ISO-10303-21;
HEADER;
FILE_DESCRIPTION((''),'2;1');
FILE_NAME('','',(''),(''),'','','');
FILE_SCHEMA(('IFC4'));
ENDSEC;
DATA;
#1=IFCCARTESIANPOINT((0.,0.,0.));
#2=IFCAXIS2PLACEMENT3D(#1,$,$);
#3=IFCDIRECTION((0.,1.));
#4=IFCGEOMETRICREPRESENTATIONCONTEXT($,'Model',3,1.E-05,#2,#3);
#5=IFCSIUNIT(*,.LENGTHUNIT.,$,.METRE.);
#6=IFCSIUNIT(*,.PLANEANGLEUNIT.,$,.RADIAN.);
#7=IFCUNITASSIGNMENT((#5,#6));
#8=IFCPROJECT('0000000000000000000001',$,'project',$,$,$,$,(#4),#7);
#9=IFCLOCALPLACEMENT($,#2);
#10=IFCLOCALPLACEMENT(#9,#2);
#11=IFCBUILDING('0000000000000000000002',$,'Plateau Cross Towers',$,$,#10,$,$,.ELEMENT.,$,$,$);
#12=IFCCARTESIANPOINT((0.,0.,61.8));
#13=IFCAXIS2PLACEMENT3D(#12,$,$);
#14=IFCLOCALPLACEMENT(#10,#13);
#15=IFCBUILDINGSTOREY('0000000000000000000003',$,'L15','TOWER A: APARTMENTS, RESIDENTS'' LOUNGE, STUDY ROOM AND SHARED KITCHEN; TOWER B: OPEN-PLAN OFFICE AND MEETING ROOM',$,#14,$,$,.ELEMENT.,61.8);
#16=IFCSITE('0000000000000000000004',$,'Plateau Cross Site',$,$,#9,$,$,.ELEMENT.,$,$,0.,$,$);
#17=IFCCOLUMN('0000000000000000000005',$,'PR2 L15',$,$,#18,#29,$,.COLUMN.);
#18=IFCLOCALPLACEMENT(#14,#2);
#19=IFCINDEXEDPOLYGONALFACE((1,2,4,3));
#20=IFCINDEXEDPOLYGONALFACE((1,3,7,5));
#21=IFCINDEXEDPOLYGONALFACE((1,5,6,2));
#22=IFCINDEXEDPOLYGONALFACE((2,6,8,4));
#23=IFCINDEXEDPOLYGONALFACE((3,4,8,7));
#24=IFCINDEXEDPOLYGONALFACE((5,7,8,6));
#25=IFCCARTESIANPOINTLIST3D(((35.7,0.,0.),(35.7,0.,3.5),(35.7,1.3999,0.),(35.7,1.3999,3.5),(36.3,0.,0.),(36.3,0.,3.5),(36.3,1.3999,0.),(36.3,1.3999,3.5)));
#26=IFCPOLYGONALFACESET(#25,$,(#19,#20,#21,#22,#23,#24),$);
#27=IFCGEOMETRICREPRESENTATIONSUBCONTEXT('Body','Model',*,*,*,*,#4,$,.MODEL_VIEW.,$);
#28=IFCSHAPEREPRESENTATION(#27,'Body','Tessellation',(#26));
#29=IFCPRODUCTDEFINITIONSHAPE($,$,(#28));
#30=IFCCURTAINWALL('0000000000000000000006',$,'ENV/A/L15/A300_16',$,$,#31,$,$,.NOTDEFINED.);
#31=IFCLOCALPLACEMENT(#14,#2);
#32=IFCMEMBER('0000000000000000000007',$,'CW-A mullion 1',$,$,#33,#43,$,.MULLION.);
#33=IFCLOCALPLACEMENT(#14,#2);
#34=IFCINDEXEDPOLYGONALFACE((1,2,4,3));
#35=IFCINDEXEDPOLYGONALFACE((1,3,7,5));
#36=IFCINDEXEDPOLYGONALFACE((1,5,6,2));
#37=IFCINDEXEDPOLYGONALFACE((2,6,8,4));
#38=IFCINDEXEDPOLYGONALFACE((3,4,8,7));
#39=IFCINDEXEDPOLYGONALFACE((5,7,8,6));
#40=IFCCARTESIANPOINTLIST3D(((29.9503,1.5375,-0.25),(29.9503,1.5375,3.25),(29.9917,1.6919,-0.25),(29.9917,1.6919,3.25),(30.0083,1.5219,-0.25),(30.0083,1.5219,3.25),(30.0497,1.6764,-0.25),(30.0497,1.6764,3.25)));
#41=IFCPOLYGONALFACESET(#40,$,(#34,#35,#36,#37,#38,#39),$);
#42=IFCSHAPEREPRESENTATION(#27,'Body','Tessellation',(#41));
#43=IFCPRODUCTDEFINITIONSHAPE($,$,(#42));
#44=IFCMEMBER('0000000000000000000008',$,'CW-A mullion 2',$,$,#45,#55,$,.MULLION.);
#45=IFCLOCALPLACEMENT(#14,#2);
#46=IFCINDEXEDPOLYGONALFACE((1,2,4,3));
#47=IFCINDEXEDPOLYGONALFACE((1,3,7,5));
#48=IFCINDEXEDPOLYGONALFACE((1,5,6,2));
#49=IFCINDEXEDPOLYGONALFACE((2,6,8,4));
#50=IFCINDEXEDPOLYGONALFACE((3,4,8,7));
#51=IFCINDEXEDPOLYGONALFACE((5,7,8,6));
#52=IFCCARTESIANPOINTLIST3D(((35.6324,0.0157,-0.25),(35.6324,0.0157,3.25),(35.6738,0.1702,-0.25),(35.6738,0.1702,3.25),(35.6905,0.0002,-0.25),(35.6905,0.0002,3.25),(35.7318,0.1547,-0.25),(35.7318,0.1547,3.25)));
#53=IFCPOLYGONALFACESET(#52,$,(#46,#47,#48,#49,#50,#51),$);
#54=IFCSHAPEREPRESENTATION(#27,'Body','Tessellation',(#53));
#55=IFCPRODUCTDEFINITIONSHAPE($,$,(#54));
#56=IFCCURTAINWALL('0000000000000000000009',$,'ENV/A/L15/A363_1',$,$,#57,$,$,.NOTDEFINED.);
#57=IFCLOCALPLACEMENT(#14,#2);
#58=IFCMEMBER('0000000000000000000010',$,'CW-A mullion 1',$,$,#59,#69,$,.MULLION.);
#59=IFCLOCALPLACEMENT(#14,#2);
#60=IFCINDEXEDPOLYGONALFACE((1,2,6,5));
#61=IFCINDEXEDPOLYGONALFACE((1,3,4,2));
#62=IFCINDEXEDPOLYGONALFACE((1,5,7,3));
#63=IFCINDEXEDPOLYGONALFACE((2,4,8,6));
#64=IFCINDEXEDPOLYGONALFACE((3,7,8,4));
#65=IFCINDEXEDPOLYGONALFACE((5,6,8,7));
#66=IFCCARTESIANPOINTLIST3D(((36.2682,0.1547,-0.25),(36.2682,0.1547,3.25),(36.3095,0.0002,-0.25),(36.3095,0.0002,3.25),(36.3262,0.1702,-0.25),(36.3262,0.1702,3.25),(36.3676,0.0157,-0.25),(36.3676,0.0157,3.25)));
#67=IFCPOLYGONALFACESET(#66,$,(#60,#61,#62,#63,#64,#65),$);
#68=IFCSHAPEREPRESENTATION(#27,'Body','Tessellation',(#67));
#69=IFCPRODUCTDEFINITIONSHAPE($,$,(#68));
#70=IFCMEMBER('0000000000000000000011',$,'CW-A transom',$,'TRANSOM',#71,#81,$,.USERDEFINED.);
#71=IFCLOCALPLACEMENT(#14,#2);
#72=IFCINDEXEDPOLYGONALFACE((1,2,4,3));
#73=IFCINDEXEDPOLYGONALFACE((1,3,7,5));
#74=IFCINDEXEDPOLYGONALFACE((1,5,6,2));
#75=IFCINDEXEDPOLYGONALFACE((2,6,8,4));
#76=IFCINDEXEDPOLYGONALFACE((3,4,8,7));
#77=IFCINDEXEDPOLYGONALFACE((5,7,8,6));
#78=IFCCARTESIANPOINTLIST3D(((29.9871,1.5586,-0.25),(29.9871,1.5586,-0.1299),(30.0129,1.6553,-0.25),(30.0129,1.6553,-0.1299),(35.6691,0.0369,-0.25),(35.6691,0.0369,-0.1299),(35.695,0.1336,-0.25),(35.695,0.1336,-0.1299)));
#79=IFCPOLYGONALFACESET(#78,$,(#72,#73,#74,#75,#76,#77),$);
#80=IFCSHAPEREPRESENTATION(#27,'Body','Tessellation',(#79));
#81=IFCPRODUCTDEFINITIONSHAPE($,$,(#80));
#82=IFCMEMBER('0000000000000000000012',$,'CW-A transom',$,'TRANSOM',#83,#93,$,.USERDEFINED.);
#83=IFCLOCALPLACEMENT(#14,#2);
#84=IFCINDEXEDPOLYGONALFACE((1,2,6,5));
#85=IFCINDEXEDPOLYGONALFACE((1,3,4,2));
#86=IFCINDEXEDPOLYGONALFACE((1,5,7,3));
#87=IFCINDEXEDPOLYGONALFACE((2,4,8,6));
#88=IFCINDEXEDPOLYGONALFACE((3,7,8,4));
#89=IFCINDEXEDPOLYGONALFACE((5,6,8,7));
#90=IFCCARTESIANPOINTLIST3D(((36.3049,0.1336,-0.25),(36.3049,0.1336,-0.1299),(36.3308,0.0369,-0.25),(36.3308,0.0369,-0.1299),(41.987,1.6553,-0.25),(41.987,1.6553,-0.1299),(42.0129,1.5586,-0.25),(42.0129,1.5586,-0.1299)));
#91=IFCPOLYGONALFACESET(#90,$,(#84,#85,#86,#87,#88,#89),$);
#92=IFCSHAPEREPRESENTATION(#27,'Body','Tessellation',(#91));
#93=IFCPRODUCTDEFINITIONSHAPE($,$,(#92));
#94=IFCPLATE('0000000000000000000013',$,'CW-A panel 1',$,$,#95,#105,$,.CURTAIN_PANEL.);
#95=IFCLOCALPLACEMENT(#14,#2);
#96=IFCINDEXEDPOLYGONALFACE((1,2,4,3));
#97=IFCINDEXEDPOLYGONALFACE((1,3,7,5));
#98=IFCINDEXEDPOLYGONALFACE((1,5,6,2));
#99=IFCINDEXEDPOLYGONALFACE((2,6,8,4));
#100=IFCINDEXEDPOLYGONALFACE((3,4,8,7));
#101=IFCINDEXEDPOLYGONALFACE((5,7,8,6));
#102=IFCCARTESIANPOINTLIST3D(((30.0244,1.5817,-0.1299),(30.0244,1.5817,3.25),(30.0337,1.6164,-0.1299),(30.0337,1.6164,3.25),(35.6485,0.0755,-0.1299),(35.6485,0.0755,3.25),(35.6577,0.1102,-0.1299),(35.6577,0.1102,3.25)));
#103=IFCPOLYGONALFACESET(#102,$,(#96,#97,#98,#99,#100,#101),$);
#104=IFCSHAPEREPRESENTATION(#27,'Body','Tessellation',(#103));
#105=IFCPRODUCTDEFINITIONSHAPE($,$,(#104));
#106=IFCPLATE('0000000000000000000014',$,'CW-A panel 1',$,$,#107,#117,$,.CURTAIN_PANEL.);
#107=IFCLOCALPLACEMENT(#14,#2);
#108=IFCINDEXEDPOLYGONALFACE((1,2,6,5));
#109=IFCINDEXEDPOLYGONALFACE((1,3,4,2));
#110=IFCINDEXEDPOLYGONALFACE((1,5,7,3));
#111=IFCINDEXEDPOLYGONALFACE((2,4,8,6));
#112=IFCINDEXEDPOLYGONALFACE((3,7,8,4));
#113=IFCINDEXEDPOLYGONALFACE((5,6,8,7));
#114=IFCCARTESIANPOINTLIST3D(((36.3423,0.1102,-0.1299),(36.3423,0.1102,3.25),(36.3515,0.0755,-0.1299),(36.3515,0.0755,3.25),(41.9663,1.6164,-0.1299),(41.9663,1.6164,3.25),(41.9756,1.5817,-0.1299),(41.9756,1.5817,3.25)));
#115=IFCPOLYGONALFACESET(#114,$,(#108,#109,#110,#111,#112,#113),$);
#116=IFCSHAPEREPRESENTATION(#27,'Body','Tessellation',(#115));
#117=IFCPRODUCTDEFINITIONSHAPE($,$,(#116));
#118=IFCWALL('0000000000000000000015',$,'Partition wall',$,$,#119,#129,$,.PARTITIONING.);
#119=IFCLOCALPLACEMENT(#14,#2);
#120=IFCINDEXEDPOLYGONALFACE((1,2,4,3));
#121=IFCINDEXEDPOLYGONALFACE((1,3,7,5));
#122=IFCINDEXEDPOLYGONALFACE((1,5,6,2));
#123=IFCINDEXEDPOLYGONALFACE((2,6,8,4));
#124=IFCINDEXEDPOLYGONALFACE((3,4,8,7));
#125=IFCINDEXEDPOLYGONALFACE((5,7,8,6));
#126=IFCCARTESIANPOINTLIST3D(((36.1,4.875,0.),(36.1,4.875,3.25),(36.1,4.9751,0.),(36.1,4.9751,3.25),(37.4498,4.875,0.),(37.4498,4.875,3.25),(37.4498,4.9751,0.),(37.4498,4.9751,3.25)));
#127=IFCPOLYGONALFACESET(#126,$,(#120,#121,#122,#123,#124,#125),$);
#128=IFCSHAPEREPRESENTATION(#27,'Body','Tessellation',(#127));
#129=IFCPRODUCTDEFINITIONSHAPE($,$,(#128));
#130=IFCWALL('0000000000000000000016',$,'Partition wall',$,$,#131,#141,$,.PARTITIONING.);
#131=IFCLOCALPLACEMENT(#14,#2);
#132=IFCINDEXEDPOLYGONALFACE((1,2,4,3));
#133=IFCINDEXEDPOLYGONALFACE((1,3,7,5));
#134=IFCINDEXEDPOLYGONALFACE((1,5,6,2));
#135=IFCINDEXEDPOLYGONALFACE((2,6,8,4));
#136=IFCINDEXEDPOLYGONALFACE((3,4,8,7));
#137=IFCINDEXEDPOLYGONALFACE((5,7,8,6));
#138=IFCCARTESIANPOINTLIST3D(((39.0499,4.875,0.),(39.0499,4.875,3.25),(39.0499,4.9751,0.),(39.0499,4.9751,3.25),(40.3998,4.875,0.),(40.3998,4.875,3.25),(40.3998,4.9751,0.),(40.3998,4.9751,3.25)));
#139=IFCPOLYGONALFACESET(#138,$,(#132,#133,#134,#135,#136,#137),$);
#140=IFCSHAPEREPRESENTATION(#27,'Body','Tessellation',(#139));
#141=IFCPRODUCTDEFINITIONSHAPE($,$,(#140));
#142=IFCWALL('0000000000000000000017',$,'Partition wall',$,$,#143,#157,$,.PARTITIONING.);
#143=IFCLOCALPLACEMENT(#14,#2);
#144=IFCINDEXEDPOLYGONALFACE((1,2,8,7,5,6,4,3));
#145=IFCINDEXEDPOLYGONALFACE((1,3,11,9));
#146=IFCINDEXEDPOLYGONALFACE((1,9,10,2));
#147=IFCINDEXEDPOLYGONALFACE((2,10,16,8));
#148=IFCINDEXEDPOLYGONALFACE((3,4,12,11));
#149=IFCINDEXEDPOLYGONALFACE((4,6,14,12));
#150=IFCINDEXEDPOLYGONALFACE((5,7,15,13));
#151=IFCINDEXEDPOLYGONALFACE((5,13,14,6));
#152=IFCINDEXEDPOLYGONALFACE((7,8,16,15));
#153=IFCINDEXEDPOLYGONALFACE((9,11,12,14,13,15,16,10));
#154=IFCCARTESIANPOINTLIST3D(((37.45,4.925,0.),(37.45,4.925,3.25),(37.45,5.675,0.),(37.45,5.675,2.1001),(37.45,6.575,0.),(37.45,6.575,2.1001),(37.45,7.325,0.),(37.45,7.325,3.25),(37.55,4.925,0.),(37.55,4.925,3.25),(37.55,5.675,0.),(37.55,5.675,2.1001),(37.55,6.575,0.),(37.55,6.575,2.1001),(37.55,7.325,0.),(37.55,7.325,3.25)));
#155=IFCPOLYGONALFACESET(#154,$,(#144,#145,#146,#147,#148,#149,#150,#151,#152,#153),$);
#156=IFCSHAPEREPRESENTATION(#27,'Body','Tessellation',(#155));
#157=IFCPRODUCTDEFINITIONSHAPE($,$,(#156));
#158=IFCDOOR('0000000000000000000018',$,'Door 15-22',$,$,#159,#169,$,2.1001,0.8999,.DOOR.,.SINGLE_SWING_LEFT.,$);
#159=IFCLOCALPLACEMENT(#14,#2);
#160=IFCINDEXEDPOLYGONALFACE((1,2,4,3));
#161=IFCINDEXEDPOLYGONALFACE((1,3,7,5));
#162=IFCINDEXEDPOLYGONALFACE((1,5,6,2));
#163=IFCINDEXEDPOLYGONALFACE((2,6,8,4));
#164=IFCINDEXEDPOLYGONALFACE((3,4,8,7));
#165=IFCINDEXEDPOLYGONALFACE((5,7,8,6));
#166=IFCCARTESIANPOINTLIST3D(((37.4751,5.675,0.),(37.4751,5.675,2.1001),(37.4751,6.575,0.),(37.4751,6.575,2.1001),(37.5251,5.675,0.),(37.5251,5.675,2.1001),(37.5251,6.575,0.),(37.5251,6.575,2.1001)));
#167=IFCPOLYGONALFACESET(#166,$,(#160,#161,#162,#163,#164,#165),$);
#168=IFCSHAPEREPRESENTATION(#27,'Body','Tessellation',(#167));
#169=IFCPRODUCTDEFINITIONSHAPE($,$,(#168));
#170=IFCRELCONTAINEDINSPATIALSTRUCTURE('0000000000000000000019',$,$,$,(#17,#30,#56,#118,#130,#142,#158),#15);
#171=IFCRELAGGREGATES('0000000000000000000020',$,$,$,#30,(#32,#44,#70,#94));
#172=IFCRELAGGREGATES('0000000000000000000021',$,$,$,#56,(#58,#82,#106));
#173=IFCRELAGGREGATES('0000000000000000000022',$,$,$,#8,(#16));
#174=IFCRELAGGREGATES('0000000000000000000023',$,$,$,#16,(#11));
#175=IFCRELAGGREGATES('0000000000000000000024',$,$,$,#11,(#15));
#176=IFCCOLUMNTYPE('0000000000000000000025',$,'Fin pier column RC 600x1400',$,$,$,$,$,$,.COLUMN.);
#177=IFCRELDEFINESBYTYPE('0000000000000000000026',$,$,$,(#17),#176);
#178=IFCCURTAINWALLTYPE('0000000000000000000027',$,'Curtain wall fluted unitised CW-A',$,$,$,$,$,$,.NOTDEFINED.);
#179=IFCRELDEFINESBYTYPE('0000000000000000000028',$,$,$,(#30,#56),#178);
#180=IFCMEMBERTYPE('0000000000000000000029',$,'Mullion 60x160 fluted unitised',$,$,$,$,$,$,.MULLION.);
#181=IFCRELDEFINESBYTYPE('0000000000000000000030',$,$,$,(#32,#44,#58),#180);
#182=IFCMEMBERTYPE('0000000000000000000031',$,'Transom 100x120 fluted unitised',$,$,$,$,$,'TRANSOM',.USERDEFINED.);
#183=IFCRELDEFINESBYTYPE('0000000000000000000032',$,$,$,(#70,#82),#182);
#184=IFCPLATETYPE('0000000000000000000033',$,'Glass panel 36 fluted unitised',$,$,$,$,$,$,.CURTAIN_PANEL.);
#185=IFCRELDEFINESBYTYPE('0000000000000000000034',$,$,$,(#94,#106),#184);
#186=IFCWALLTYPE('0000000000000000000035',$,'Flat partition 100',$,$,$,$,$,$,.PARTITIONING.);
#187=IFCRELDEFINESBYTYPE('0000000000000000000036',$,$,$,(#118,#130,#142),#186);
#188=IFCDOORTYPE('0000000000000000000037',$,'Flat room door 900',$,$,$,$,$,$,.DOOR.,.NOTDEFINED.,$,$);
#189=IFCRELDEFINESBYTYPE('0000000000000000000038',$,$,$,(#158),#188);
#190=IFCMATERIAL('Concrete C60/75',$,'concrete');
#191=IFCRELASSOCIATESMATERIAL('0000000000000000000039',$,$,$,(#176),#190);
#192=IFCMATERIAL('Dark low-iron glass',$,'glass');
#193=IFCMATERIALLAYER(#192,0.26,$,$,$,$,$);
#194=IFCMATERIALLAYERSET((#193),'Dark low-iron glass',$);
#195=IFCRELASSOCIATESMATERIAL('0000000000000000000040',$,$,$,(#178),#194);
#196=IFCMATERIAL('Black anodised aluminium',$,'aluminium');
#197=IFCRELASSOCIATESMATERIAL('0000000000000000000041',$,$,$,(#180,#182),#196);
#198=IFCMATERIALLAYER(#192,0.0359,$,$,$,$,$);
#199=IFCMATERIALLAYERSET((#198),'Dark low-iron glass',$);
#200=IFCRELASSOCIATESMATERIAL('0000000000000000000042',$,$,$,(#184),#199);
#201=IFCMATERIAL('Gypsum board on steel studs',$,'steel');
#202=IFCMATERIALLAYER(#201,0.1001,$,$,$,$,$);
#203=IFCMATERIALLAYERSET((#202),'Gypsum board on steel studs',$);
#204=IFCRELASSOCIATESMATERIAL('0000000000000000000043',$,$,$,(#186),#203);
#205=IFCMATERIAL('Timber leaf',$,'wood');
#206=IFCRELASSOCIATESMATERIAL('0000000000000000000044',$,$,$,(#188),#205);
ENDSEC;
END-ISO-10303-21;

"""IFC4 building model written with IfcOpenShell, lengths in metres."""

from ifc_helpers import new_model, si_unit, direction, frame, frame_2d, origin, origin_2d, place, context, subcontext, project, spatial, rectangle, extrude, material, layer, layer_set, material_profile, profile_set, type_object, element, fill, aggregate, save


model = new_model("IFC4")

# Units and contexts
model_context = context("Model", 3, precision=1e-05, world=origin(), true_north=direction((0.0, 1.0)))
body_context = subcontext(model_context, "Body", "Model", "MODEL_VIEW")
ifc_project = project(units=[si_unit("LENGTHUNIT", "METRE"), si_unit("PLANEANGLEUNIT", "RADIAN")], contexts=[model_context])

# Site, building, storey
site_placement = place(None, origin())
site = spatial("IfcSite", under=ifc_project, at=site_placement, Name="Plateau Cross Site", CompositionType="ELEMENT", RefElevation=0.0)
building_placement = place(site_placement, origin())
building = spatial("IfcBuilding", under=site, at=building_placement, Name="Plateau Cross Towers", CompositionType="ELEMENT")
storey_placement = place(building_placement, frame((0.0, 0.0, 61.8)))
storey = spatial("IfcBuildingStorey", under=building, at=storey_placement, Name="L15", Description="TOWER A: APARTMENTS, RESIDENTS' LOUNGE, STUDY ROOM AND SHARED KITCHEN; TOWER B: OPEN-PLAN OFFICE AND MEETING ROOM", CompositionType="ELEMENT", Elevation=61.8)

# Column
ifc_material_1 = material(Name="Concrete C60/75", Category="concrete")
ifc_material_profile_1 = material_profile(ifc_material_1, rectangle(XDim=0.6001, YDim=1.3999, at=origin_2d()), Name="RC 600x1400")
ifc_profile_set_1 = profile_set([ifc_material_profile_1], Name="Concrete C60/75")
column_type = type_object("IfcColumnType", Name="Fin pier column RC 600x1400", PredefinedType="COLUMN", material=ifc_profile_set_1)
column_placement = place(storey_placement, frame((36.0, 0.7, 0.0), z_axis=(0.0, 0.0, 1.0), x_axis=(1.0, 0.0, 0.0)))
element("IfcColumn", 1, at=column_placement, inside=storey, type_object=column_type, Name="PR2 L15", PredefinedType="COLUMN", context=body_context, shape_type="SweptSolid", body=[
    extrude(rectangle(XDim=0.6001, YDim=1.3999, at=origin_2d()), origin(), (0.0, 0.0, 1.0), 3.5),
])

# Curtain wall, members
ifc_material_2 = material(Name="Dark low-iron glass", Category="glass")
ifc_layer_1 = layer(ifc_material_2, 0.26)
ifc_layer_set_1 = layer_set([ifc_layer_1], Name="Dark low-iron glass")
curtain_wall_type = type_object("IfcCurtainWallType", Name="Curtain wall fluted unitised CW-A", PredefinedType="NOTDEFINED", material=ifc_layer_set_1)
curtain_wall_1_placement = place(storey_placement, origin())
curtain_wall_1 = element("IfcCurtainWall", 2, at=curtain_wall_1_placement, inside=storey, type_object=curtain_wall_type, Name="ENV/A/L15/A300_16", PredefinedType="NOTDEFINED")
ifc_material_3 = material(Name="Black anodised aluminium", Category="aluminium")
ifc_material_profile_2 = material_profile(ifc_material_3, rectangle(XDim=0.0601, YDim=0.1599, at=origin_2d()), Name="MULLION 60x160")
ifc_profile_set_2 = profile_set([ifc_material_profile_2], Name="Black anodised aluminium")
member_type_1 = type_object("IfcMemberType", Name="Mullion 60x160 fluted unitised", PredefinedType="MULLION", material=ifc_profile_set_2)
member_1_placement = place(storey_placement, frame((30.0, 1.6069, -0.25), z_axis=(0.0, 0.0, 1.0), x_axis=(0.965958, -0.258699, 0.0)))
member_1 = element("IfcMember", 3, at=member_1_placement, type_object=member_type_1, Name="CW-A mullion 1", PredefinedType="MULLION", context=body_context, shape_type="SweptSolid", body=[
    extrude(rectangle(XDim=0.0601, YDim=0.1599, at=origin_2d()), origin(), (0.0, 0.0, 1.0), 3.5),
])
member_2_placement = place(storey_placement, frame((35.6821, 0.0852, -0.25), z_axis=(0.0, 0.0, 1.0), x_axis=(0.965958, -0.258699, 0.0)))
member_2 = element("IfcMember", 4, at=member_2_placement, type_object=member_type_1, Name="CW-A mullion 2", PredefinedType="MULLION", context=body_context, shape_type="SweptSolid", body=[
    extrude(rectangle(XDim=0.0601, YDim=0.1599, at=origin_2d()), origin(), (0.0, 0.0, 1.0), 3.5),
])

# Curtain wall, member
curtain_wall_2_placement = place(storey_placement, origin())
curtain_wall_2 = element("IfcCurtainWall", 5, at=curtain_wall_2_placement, inside=storey, type_object=curtain_wall_type, Name="ENV/A/L15/A363_1", PredefinedType="NOTDEFINED")
member_3_placement = place(storey_placement, frame((36.3179, 0.0852, -0.25), z_axis=(0.0, 0.0, 1.0), x_axis=(0.965958, 0.258699, 0.0)))
member_3 = element("IfcMember", 6, at=member_3_placement, type_object=member_type_1, Name="CW-A mullion 1", PredefinedType="MULLION", context=body_context, shape_type="SweptSolid", body=[
    extrude(rectangle(XDim=0.0601, YDim=0.1599, at=origin_2d()), origin(), (0.0, 0.0, 1.0), 3.5),
])

# Members
ifc_material_profile_3 = material_profile(ifc_material_3, rectangle(XDim=0.1001, YDim=0.1201, at=origin_2d()), Name="TRANSOM 100x120")
ifc_profile_set_3 = profile_set([ifc_material_profile_3], Name="Black anodised aluminium")
member_type_2 = type_object("IfcMemberType", Name="Transom 100x120 fluted unitised", ElementType="TRANSOM", PredefinedType="USERDEFINED", material=ifc_profile_set_3)
member_4_placement = place(storey_placement, frame((30.0, 1.6069, -0.1899), z_axis=(0.96596, -0.258693, 0.0), x_axis=(0.258693, 0.96596, 0.0)))
member_4 = element("IfcMember", 7, at=member_4_placement, type_object=member_type_2, Name="CW-A transom", ObjectType="TRANSOM", PredefinedType="USERDEFINED", context=body_context, shape_type="SweptSolid", body=[
    extrude(rectangle(XDim=0.1001, YDim=0.1201, at=origin_2d()), origin(), (0.0, 0.0, 1.0), 5.8823),
])
member_5_placement = place(storey_placement, frame((36.3179, 0.0852, -0.1899), z_axis=(0.96596, 0.258693, 0.0), x_axis=(-0.258693, 0.96596, 0.0)))
member_5 = element("IfcMember", 8, at=member_5_placement, type_object=member_type_2, Name="CW-A transom", ObjectType="TRANSOM", PredefinedType="USERDEFINED", context=body_context, shape_type="SweptSolid", body=[
    extrude(rectangle(XDim=0.1001, YDim=0.1201, at=origin_2d()), origin(), (0.0, 0.0, 1.0), 5.8823),
])

# Plates
ifc_layer_2 = layer(ifc_material_2, 0.0359)
ifc_layer_set_2 = layer_set([ifc_layer_2], Name="Dark low-iron glass")
plate_type = type_object("IfcPlateType", Name="Glass panel 36 fluted unitised", PredefinedType="CURTAIN_PANEL", material=ifc_layer_set_2)
plate_1_placement = place(storey_placement, frame((32.8411, 0.8459, -0.1299), z_axis=(0.0, 0.0, 1.0), x_axis=(0.965958, -0.258699, 0.0)))
plate_1 = element("IfcPlate", 9, at=plate_1_placement, type_object=plate_type, Name="CW-A panel 1", PredefinedType="CURTAIN_PANEL", context=body_context, shape_type="SweptSolid", body=[
    extrude(rectangle(XDim=5.8223, YDim=0.0359, at=origin_2d()), origin(), (0.0, 0.0, 1.0), 3.3799),
])
aggregate(curtain_wall_1, [member_1, member_2, member_4, plate_1])
plate_2_placement = place(storey_placement, frame((39.1589, 0.8459, -0.1299), z_axis=(0.0, 0.0, 1.0), x_axis=(0.965958, 0.258699, 0.0)))
plate_2 = element("IfcPlate", 10, at=plate_2_placement, type_object=plate_type, Name="CW-A panel 1", PredefinedType="CURTAIN_PANEL", context=body_context, shape_type="SweptSolid", body=[
    extrude(rectangle(XDim=5.8223, YDim=0.0359, at=origin_2d()), origin(), (0.0, 0.0, 1.0), 3.3799),
])
aggregate(curtain_wall_2, [member_3, member_5, plate_2])

# Walls
ifc_material_4 = material(Name="Gypsum board on steel studs", Category="steel")
ifc_layer_3 = layer(ifc_material_4, 0.1001)
ifc_layer_set_3 = layer_set([ifc_layer_3], Name="Gypsum board on steel studs")
wall_type_1 = type_object("IfcWallType", Name="Flat partition 100", PredefinedType="PARTITIONING", material=ifc_layer_set_3)
for number, where, z_axis, x_axis, name in (
    (11, (36.1001, 4.925, 0.0), (0.0, 0.0, 1.0), (1.0, 0.0, 0.0), "Partition wall"),
    (12, (39.05, 4.925, 0.0), (0.0, 0.0, 1.0), (1.0, 0.0, 0.0), "Partition wall"),
):
    element("IfcWall", number, at=place(storey_placement, frame(where, z_axis=z_axis, x_axis=x_axis)), inside=storey, type_object=wall_type_1, Name=name, PredefinedType="PARTITIONING", context=body_context, shape_type="SweptSolid", body=[
        extrude(rectangle(XDim=1.3499, YDim=0.1001, at=frame_2d((0.6748, 0.0))), origin(), (0.0, 0.0, 1.0), 3.25),
    ])

# Wall, opening, door
wall_1_placement = place(storey_placement, frame((37.5, 4.925, 0.0), z_axis=(0.0, 0.0, 1.0), x_axis=(0.0, 1.0, 0.0)))
wall_1 = element("IfcWall", 13, at=wall_1_placement, inside=storey, type_object=wall_type_1, Name="Partition wall", PredefinedType="PARTITIONING", context=body_context, shape_type="SweptSolid", body=[
    extrude(rectangle(XDim=2.3999, YDim=0.1001, at=frame_2d((1.2, 0.0))), origin(), (0.0, 0.0, 1.0), 3.25),
])
opening_1_placement = place(wall_1_placement, frame((0.75, 0.0, 0.0)))
opening_1 = element("IfcOpeningElement", 14, at=opening_1_placement, cuts=wall_1, PredefinedType="OPENING", context=body_context, shape_type="SweptSolid", body=[
    extrude(rectangle(XDim=0.8999, YDim=2.1001, at=frame_2d((0.45, 1.05))), frame((0.0, 0.0601, 0.0), z_axis=(0.0, -1.0, 0.0), x_axis=(1.0, 0.0, 0.0)), (0.0, 0.0, 1.0), 0.1201),
])
ifc_material_5 = material(Name="Timber leaf", Category="wood")
door_type = type_object("IfcDoorType", Name="Flat room door 900", OperationType="NOTDEFINED", PredefinedType="DOOR", material=ifc_material_5)
door_1_placement = place(opening_1_placement, origin())
door_1 = element("IfcDoor", 15, at=door_1_placement, inside=storey, type_object=door_type, Name="Door 15-22", OperationType="SINGLE_SWING_LEFT", OverallHeight=2.1001, OverallWidth=0.8999, PredefinedType="DOOR", context=body_context, shape_type="SweptSolid", body=[
    extrude(rectangle(XDim=0.8999, YDim=2.1001, at=frame_2d((0.45, 1.05))), frame((0.0, 0.0249, 0.0), z_axis=(0.0, -1.0, 0.0), x_axis=(1.0, 0.0, 0.0)), (0.0, 0.0, 1.0), 0.05),
])
fill(opening_1, door_1)

save(model, "model.ifc")
